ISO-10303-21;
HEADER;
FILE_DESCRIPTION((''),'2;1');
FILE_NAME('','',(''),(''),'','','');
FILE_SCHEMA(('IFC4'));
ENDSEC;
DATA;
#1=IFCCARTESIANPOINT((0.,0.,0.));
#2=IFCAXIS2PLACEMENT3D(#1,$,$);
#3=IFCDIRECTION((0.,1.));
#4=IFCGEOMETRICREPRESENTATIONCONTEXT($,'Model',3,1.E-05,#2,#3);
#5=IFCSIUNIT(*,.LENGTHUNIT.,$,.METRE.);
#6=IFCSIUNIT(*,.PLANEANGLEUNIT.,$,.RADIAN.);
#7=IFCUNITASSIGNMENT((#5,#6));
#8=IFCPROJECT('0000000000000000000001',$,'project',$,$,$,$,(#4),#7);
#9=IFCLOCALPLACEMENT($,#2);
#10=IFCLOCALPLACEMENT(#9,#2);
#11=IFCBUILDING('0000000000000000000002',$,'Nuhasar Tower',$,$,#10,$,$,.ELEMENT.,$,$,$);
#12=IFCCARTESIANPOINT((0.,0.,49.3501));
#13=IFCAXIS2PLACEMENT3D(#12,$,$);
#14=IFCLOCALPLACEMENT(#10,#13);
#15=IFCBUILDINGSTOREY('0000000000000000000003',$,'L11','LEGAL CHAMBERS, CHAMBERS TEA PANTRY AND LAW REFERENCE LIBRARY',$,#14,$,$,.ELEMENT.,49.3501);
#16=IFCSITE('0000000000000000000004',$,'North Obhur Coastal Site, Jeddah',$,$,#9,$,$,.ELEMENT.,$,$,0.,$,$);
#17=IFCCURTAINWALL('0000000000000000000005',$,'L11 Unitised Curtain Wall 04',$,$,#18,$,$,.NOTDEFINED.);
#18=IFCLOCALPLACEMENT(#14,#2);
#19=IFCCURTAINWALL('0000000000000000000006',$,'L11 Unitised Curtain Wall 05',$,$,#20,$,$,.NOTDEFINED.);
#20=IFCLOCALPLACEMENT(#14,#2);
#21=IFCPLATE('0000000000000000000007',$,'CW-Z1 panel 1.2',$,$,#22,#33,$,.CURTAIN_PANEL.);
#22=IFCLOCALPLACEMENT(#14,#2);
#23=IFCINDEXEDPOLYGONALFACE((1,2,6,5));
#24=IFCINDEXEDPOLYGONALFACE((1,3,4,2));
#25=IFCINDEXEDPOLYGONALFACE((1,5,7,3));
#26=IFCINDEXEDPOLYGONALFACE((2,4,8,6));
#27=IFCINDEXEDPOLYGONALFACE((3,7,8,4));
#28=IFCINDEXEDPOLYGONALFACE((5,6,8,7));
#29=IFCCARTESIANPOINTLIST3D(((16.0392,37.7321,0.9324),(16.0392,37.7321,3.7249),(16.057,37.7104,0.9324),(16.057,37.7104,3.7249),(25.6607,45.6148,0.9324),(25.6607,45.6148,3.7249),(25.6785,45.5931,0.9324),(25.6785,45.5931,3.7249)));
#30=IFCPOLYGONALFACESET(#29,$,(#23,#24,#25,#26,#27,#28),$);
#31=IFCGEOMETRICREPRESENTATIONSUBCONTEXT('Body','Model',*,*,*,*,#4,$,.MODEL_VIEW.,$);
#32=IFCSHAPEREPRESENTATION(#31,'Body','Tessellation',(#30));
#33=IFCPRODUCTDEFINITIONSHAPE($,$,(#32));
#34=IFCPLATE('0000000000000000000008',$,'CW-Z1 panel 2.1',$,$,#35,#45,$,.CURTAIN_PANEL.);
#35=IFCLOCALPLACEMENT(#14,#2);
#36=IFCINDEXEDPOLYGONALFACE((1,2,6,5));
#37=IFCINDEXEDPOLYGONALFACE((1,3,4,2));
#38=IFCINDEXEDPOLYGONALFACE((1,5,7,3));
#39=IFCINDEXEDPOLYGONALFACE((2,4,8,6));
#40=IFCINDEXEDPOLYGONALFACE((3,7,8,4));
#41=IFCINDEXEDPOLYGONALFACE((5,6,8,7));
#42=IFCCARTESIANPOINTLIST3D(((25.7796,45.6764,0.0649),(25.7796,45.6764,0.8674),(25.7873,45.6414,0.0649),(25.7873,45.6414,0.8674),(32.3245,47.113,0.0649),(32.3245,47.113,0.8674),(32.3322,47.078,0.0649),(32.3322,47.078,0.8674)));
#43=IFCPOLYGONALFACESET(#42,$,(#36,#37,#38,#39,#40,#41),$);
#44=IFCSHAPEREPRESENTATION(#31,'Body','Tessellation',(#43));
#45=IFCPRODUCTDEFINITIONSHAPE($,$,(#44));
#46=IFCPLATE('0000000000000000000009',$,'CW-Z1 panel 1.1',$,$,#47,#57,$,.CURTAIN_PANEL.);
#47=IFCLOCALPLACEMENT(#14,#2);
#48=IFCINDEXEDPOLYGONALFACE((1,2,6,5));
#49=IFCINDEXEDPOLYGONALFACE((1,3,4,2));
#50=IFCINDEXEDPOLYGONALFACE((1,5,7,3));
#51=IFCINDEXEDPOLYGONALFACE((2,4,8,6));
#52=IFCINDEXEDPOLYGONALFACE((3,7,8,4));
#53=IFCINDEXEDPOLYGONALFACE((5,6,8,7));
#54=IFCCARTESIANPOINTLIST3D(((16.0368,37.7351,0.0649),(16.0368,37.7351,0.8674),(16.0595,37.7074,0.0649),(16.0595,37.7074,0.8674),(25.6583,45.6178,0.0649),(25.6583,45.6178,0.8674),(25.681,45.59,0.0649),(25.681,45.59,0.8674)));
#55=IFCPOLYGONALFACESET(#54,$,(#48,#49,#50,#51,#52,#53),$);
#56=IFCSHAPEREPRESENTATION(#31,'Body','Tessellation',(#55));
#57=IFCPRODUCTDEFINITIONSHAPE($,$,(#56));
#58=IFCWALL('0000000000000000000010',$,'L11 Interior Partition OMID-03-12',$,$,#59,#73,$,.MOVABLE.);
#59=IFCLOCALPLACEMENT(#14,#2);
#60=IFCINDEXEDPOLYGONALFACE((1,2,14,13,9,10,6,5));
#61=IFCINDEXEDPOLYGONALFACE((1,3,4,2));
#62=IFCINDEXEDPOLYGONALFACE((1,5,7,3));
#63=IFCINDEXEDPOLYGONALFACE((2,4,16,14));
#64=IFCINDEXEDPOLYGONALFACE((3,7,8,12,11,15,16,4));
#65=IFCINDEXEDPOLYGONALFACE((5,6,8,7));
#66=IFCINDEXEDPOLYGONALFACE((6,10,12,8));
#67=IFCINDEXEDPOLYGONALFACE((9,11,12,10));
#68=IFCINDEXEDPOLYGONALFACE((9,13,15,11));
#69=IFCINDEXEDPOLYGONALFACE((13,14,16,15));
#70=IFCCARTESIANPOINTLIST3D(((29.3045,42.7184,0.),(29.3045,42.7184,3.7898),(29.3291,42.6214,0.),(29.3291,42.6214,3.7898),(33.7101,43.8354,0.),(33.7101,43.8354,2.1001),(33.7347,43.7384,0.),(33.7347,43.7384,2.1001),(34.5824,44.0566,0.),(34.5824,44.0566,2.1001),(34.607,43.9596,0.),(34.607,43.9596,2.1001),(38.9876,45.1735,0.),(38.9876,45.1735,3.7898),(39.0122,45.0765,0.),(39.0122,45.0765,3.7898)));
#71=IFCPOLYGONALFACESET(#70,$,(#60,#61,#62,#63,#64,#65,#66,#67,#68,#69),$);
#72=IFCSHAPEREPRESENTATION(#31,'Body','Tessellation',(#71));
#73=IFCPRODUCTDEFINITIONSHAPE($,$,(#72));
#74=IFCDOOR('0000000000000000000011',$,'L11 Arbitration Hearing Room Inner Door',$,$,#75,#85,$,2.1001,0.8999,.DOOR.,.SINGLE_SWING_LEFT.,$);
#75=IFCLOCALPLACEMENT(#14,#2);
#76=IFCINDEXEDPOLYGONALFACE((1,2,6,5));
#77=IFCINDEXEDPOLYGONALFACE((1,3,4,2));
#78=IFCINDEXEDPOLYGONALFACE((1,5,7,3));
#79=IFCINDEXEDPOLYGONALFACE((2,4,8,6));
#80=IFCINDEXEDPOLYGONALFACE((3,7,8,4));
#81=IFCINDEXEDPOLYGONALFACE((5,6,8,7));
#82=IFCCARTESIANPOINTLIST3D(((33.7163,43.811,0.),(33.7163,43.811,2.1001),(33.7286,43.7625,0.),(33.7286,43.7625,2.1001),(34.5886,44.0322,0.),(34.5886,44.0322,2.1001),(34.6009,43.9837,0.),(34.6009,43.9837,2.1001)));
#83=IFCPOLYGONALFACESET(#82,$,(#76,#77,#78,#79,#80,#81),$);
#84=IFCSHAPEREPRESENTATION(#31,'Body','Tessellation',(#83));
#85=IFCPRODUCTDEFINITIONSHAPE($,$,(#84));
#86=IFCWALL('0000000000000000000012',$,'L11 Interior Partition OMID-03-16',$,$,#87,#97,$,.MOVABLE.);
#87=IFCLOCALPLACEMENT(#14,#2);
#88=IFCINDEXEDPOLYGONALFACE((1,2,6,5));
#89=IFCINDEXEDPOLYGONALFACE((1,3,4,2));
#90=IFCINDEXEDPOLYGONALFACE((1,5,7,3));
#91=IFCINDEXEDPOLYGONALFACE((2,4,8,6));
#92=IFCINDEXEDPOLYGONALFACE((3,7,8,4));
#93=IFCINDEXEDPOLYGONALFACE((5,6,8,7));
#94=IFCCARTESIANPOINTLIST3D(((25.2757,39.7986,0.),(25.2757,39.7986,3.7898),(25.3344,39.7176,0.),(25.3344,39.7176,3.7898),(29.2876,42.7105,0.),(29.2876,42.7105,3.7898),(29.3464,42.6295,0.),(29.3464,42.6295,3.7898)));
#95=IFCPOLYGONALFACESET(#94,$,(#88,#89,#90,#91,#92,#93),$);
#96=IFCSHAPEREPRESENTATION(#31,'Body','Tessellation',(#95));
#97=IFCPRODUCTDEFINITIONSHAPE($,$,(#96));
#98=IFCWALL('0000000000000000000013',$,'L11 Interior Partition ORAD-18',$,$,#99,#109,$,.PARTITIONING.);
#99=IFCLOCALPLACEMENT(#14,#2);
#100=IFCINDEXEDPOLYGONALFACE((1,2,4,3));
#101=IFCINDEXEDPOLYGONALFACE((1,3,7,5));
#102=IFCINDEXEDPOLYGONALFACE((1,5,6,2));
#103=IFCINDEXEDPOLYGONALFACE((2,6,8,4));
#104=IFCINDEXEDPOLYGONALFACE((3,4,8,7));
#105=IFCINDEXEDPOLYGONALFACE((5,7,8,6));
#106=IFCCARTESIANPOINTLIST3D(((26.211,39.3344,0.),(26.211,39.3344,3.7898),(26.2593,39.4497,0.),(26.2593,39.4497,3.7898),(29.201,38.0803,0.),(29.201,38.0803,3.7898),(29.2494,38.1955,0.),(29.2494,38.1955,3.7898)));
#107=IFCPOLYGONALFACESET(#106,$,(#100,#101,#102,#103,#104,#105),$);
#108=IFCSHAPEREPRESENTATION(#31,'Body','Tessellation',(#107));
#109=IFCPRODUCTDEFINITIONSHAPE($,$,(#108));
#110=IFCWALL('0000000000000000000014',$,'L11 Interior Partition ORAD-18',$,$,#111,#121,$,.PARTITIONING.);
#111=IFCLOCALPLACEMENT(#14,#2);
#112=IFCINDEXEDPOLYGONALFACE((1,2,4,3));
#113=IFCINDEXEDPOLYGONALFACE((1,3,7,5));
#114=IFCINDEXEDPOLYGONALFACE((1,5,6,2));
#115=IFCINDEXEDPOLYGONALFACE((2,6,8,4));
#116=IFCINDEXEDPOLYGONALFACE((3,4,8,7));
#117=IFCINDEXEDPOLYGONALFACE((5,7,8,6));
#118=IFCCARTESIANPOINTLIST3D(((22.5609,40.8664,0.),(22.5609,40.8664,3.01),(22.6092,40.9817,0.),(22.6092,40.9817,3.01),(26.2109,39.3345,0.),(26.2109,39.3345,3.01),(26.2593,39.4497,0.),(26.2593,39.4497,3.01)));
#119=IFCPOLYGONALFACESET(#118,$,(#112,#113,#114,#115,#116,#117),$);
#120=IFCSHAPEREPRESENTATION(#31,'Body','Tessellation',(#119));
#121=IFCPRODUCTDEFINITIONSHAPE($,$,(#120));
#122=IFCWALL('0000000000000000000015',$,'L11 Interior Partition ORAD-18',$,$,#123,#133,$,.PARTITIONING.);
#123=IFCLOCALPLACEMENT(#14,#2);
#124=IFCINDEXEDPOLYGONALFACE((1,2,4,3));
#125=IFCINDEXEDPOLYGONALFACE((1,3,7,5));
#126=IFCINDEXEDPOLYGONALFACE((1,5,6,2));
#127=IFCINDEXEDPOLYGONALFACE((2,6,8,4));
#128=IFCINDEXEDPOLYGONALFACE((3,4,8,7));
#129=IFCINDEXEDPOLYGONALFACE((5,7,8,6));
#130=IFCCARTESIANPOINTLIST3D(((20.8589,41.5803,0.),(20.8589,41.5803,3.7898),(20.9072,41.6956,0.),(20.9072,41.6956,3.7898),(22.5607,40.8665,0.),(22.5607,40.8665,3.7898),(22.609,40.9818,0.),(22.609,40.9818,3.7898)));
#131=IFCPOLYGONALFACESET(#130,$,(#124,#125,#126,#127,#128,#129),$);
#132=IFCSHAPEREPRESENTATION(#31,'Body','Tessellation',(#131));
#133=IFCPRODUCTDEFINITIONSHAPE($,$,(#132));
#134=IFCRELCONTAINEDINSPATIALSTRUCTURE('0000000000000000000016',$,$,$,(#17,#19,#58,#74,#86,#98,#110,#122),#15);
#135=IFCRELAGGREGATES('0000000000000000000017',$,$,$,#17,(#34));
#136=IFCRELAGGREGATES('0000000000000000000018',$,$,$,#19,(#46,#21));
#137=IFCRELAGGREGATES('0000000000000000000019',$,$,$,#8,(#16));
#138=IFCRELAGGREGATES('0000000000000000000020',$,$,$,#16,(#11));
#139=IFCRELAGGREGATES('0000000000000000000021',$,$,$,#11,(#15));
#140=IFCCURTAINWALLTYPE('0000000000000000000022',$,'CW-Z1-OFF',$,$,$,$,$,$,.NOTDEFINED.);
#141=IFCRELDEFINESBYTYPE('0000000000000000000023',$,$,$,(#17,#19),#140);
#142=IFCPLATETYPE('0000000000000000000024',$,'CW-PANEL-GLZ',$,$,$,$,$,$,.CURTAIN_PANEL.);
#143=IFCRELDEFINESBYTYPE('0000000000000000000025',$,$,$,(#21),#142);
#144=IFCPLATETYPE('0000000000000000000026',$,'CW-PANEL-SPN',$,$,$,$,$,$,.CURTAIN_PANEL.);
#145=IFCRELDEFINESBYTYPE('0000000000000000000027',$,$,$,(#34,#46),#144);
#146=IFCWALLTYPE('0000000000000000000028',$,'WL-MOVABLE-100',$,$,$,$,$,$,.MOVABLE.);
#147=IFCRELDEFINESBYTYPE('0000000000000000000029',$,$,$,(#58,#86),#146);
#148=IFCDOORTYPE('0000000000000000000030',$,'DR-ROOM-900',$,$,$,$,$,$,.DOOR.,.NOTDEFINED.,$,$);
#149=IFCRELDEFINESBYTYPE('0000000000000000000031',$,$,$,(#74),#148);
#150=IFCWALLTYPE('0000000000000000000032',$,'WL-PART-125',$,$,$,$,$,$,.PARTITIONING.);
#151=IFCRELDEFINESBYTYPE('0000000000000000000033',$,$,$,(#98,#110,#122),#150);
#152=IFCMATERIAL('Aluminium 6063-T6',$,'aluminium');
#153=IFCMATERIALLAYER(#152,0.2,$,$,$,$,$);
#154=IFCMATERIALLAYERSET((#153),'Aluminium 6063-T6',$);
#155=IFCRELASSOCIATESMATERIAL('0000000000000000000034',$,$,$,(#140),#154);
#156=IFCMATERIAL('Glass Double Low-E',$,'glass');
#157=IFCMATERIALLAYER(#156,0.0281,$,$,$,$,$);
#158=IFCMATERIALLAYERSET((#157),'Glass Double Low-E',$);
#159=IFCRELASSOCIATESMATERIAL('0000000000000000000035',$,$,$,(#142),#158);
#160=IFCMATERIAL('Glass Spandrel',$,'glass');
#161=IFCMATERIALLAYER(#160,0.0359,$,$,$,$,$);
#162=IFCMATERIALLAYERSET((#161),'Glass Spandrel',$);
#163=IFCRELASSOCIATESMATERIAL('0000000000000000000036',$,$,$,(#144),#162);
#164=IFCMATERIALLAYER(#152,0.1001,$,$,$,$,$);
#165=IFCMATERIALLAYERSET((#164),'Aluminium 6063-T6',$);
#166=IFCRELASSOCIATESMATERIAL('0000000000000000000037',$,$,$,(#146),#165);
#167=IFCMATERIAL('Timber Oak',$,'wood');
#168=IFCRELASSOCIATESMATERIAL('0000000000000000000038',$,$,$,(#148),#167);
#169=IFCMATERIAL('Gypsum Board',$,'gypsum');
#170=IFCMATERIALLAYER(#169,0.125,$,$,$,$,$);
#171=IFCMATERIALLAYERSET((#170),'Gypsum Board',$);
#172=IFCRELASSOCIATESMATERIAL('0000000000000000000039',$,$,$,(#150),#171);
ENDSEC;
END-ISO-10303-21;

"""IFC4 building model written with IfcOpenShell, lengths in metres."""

from ifc_helpers import new_model, si_unit, direction, frame, frame_2d, origin, origin_2d, place, context, subcontext, project, spatial, rectangle, extrude, material, layer, layer_set, type_object, element, fill, aggregate, save


model = new_model("IFC4")

# Units and contexts
model_context = context("Model", 3, precision=1e-05, world=origin(), true_north=direction((0.0, 1.0)))
body_context = subcontext(model_context, "Body", "Model", "MODEL_VIEW")
ifc_project = project(units=[si_unit("LENGTHUNIT", "METRE"), si_unit("PLANEANGLEUNIT", "RADIAN")], contexts=[model_context])

# Site, building, storey
site_placement = place(None, origin())
site = spatial("IfcSite", under=ifc_project, at=site_placement, Name="North Obhur Coastal Site, Jeddah", CompositionType="ELEMENT", RefElevation=0.0)
building_placement = place(site_placement, origin())
building = spatial("IfcBuilding", under=site, at=building_placement, Name="Nuhasar Tower", CompositionType="ELEMENT")
storey_placement = place(building_placement, frame((0.0, 0.0, 49.3501)))
storey = spatial("IfcBuildingStorey", under=building, at=storey_placement, Name="L11", Description="LEGAL CHAMBERS, CHAMBERS TEA PANTRY AND LAW REFERENCE LIBRARY", CompositionType="ELEMENT", Elevation=49.3501)

# Curtain wall
ifc_material_1 = material(Name="Aluminium 6063-T6", Category="aluminium")
ifc_layer_1 = layer(ifc_material_1, 0.2)
ifc_layer_set_1 = layer_set([ifc_layer_1], Name="Aluminium 6063-T6")
curtain_wall_type = type_object("IfcCurtainWallType", Name="CW-Z1-OFF", PredefinedType="NOTDEFINED", material=ifc_layer_set_1)
curtain_wall_1_placement = place(storey_placement, origin())
curtain_wall_1 = element("IfcCurtainWall", 1, at=curtain_wall_1_placement, inside=storey, type_object=curtain_wall_type, Name="L11 Unitised Curtain Wall 04", PredefinedType="NOTDEFINED")

# Curtain wall
curtain_wall_2_placement = place(storey_placement, origin())
curtain_wall_2 = element("IfcCurtainWall", 2, at=curtain_wall_2_placement, inside=storey, type_object=curtain_wall_type, Name="L11 Unitised Curtain Wall 05", PredefinedType="NOTDEFINED")

# Plates
ifc_material_2 = material(Name="Glass Double Low-E", Category="glass")
ifc_layer_2 = layer(ifc_material_2, 0.0281)
ifc_layer_set_2 = layer_set([ifc_layer_2], Name="Glass Double Low-E")
plate_type_1 = type_object("IfcPlateType", Name="CW-PANEL-GLZ", PredefinedType="CURTAIN_PANEL", material=ifc_layer_set_2)
plate_1_placement = place(storey_placement, frame((20.8589, 41.6626, 0.9324), z_axis=(0.0, 0.0, 1.0), x_axis=(-0.773542, -0.633745, 0.0)))
plate_1 = element("IfcPlate", 3, at=plate_1_placement, type_object=plate_type_1, Name="CW-Z1 panel 1.2", PredefinedType="CURTAIN_PANEL", context=body_context, shape_type="SweptSolid", body=[
    extrude(rectangle(XDim=12.4382, YDim=0.0281, at=origin_2d()), origin(), (0.0, 0.0, 1.0), 2.7925),
])
ifc_material_3 = material(Name="Glass Spandrel", Category="glass")
ifc_layer_3 = layer(ifc_material_3, 0.0359)
ifc_layer_set_3 = layer_set([ifc_layer_3], Name="Glass Spandrel")
plate_type_2 = type_object("IfcPlateType", Name="CW-PANEL-SPN", PredefinedType="CURTAIN_PANEL", material=ifc_layer_set_3)
plate_2_placement = place(storey_placement, frame((29.0559, 46.3772, 0.0649), z_axis=(0.0, 0.0, 1.0), x_axis=(-0.976746, -0.214399, 0.0)))
plate_2 = element("IfcPlate", 4, at=plate_2_placement, type_object=plate_type_2, Name="CW-Z1 panel 2.1", PredefinedType="CURTAIN_PANEL", context=body_context, shape_type="SweptSolid", body=[
    extrude(rectangle(XDim=6.7007, YDim=0.0359, at=origin_2d()), origin(), (0.0, 0.0, 1.0), 0.8025),
])
aggregate(curtain_wall_1, [plate_2])
plate_3_placement = place(storey_placement, frame((20.8589, 41.6626, 0.0649), z_axis=(0.0, 0.0, 1.0), x_axis=(-0.773542, -0.633745, 0.0)))
plate_3 = element("IfcPlate", 5, at=plate_3_placement, type_object=plate_type_2, Name="CW-Z1 panel 1.1", PredefinedType="CURTAIN_PANEL", context=body_context, shape_type="SweptSolid", body=[
    extrude(rectangle(XDim=12.4382, YDim=0.0359, at=origin_2d()), origin(), (0.0, 0.0, 1.0), 0.8025),
])
aggregate(curtain_wall_2, [plate_3, plate_1])

# Wall, opening, door
ifc_layer_4 = layer(ifc_material_1, 0.1001)
ifc_layer_set_4 = layer_set([ifc_layer_4], Name="Aluminium 6063-T6")
wall_type_1 = type_object("IfcWallType", Name="WL-MOVABLE-100", PredefinedType="MOVABLE", material=ifc_layer_set_4)
wall_1_placement = place(storey_placement, frame((29.3169, 42.6699, 0.0), z_axis=(0.0, 0.0, 1.0), x_axis=(0.969329, 0.245766, 0.0)))
wall_1 = element("IfcWall", 6, at=wall_1_placement, inside=storey, type_object=wall_type_1, Name="L11 Interior Partition OMID-03-12", PredefinedType="MOVABLE", context=body_context, shape_type="SweptSolid", body=[
    extrude(rectangle(XDim=9.9895, YDim=0.1001, at=frame_2d((4.9946, 0.0))), origin(), (0.0, 0.0, 1.0), 3.7898),
])
opening_placement = place(wall_1_placement, frame((4.5449, 0.0, 0.0)))
opening = element("IfcOpeningElement", 7, at=opening_placement, cuts=wall_1, PredefinedType="OPENING", context=body_context, shape_type="SweptSolid", body=[
    extrude(rectangle(XDim=0.8999, YDim=2.1001, at=frame_2d((0.45, 1.05))), frame((0.0, 0.0601, 0.0), z_axis=(0.0, -1.0, 0.0), x_axis=(1.0, 0.0, 0.0)), (0.0, 0.0, 1.0), 0.1201),
])
ifc_material_4 = material(Name="Timber Oak", Category="wood")
door_type = type_object("IfcDoorType", Name="DR-ROOM-900", OperationType="NOTDEFINED", PredefinedType="DOOR", material=ifc_material_4)
door_placement = place(opening_placement, origin())
door = element("IfcDoor", 8, at=door_placement, inside=storey, type_object=door_type, Name="L11 Arbitration Hearing Room Inner Door", OperationType="SINGLE_SWING_LEFT", OverallHeight=2.1001, OverallWidth=0.8999, PredefinedType="DOOR", context=body_context, shape_type="SweptSolid", body=[
    extrude(rectangle(XDim=0.8999, YDim=2.1001, at=frame_2d((0.45, 1.05))), frame((0.0, 0.0249, 0.0), z_axis=(0.0, -1.0, 0.0), x_axis=(1.0, 0.0, 0.0)), (0.0, 0.0, 1.0), 0.05),
])
fill(opening, door)

# Walls
wall_2_placement = place(storey_placement, frame((29.3169, 42.6699, 0.0), z_axis=(0.0, 0.0, 1.0), x_axis=(-0.809304, -0.58739, 0.0)))
element("IfcWall", 9, at=wall_2_placement, inside=storey, type_object=wall_type_1, Name="L11 Interior Partition OMID-03-16", PredefinedType="MOVABLE", context=body_context, shape_type="SweptSolid", body=[
    extrude(rectangle(XDim=4.9573, YDim=0.1001, at=frame_2d((2.4785, 0.0))), origin(), (0.0, 0.0, 1.0), 3.7898),
])
ifc_material_5 = material(Name="Gypsum Board", Category="gypsum")
ifc_layer_5 = layer(ifc_material_5, 0.125)
ifc_layer_set_5 = layer_set([ifc_layer_5], Name="Gypsum Board")
wall_type_2 = type_object("IfcWallType", Name="WL-PART-125", PredefinedType="PARTITIONING", material=ifc_layer_set_5)
wall_3_placement = place(storey_placement, frame((29.2251, 38.1379, 0.0), z_axis=(0.0, 0.0, 1.0), x_axis=(-0.922163, 0.386801, 0.0)))
element("IfcWall", 10, at=wall_3_placement, inside=storey, type_object=wall_type_2, Name="L11 Interior Partition ORAD-18", PredefinedType="PARTITIONING", context=body_context, shape_type="SweptSolid", body=[
    extrude(rectangle(XDim=3.2424, YDim=0.125, at=frame_2d((1.6211, 0.0))), origin(), (0.0, 0.0, 1.0), 3.7898),
])
wall_4_placement = place(storey_placement, frame((26.2351, 39.3921, 0.0), z_axis=(0.0, 0.0, 1.0), x_axis=(-0.922079, 0.387001, 0.0)))
element("IfcWall", 11, at=wall_4_placement, inside=storey, type_object=wall_type_2, Name="L11 Interior Partition ORAD-18", PredefinedType="PARTITIONING", context=body_context, shape_type="SweptSolid", body=[
    extrude(rectangle(XDim=3.9585, YDim=0.125, at=frame_2d((1.9792, 0.0))), origin(), (0.0, 0.0, 1.0), 3.01),
])
wall_5_placement = place(storey_placement, frame((22.585, 40.9241, 0.0), z_axis=(0.0, 0.0, 1.0), x_axis=(-0.922162, 0.386803, 0.0)))
element("IfcWall", 12, at=wall_5_placement, inside=storey, type_object=wall_type_2, Name="L11 Interior Partition ORAD-18", PredefinedType="PARTITIONING", context=body_context, shape_type="SweptSolid", body=[
    extrude(rectangle(XDim=1.8455, YDim=0.125, at=frame_2d((0.9229, 0.0))), origin(), (0.0, 0.0, 1.0), 3.7898),
])

save(model, "model.ifc")
